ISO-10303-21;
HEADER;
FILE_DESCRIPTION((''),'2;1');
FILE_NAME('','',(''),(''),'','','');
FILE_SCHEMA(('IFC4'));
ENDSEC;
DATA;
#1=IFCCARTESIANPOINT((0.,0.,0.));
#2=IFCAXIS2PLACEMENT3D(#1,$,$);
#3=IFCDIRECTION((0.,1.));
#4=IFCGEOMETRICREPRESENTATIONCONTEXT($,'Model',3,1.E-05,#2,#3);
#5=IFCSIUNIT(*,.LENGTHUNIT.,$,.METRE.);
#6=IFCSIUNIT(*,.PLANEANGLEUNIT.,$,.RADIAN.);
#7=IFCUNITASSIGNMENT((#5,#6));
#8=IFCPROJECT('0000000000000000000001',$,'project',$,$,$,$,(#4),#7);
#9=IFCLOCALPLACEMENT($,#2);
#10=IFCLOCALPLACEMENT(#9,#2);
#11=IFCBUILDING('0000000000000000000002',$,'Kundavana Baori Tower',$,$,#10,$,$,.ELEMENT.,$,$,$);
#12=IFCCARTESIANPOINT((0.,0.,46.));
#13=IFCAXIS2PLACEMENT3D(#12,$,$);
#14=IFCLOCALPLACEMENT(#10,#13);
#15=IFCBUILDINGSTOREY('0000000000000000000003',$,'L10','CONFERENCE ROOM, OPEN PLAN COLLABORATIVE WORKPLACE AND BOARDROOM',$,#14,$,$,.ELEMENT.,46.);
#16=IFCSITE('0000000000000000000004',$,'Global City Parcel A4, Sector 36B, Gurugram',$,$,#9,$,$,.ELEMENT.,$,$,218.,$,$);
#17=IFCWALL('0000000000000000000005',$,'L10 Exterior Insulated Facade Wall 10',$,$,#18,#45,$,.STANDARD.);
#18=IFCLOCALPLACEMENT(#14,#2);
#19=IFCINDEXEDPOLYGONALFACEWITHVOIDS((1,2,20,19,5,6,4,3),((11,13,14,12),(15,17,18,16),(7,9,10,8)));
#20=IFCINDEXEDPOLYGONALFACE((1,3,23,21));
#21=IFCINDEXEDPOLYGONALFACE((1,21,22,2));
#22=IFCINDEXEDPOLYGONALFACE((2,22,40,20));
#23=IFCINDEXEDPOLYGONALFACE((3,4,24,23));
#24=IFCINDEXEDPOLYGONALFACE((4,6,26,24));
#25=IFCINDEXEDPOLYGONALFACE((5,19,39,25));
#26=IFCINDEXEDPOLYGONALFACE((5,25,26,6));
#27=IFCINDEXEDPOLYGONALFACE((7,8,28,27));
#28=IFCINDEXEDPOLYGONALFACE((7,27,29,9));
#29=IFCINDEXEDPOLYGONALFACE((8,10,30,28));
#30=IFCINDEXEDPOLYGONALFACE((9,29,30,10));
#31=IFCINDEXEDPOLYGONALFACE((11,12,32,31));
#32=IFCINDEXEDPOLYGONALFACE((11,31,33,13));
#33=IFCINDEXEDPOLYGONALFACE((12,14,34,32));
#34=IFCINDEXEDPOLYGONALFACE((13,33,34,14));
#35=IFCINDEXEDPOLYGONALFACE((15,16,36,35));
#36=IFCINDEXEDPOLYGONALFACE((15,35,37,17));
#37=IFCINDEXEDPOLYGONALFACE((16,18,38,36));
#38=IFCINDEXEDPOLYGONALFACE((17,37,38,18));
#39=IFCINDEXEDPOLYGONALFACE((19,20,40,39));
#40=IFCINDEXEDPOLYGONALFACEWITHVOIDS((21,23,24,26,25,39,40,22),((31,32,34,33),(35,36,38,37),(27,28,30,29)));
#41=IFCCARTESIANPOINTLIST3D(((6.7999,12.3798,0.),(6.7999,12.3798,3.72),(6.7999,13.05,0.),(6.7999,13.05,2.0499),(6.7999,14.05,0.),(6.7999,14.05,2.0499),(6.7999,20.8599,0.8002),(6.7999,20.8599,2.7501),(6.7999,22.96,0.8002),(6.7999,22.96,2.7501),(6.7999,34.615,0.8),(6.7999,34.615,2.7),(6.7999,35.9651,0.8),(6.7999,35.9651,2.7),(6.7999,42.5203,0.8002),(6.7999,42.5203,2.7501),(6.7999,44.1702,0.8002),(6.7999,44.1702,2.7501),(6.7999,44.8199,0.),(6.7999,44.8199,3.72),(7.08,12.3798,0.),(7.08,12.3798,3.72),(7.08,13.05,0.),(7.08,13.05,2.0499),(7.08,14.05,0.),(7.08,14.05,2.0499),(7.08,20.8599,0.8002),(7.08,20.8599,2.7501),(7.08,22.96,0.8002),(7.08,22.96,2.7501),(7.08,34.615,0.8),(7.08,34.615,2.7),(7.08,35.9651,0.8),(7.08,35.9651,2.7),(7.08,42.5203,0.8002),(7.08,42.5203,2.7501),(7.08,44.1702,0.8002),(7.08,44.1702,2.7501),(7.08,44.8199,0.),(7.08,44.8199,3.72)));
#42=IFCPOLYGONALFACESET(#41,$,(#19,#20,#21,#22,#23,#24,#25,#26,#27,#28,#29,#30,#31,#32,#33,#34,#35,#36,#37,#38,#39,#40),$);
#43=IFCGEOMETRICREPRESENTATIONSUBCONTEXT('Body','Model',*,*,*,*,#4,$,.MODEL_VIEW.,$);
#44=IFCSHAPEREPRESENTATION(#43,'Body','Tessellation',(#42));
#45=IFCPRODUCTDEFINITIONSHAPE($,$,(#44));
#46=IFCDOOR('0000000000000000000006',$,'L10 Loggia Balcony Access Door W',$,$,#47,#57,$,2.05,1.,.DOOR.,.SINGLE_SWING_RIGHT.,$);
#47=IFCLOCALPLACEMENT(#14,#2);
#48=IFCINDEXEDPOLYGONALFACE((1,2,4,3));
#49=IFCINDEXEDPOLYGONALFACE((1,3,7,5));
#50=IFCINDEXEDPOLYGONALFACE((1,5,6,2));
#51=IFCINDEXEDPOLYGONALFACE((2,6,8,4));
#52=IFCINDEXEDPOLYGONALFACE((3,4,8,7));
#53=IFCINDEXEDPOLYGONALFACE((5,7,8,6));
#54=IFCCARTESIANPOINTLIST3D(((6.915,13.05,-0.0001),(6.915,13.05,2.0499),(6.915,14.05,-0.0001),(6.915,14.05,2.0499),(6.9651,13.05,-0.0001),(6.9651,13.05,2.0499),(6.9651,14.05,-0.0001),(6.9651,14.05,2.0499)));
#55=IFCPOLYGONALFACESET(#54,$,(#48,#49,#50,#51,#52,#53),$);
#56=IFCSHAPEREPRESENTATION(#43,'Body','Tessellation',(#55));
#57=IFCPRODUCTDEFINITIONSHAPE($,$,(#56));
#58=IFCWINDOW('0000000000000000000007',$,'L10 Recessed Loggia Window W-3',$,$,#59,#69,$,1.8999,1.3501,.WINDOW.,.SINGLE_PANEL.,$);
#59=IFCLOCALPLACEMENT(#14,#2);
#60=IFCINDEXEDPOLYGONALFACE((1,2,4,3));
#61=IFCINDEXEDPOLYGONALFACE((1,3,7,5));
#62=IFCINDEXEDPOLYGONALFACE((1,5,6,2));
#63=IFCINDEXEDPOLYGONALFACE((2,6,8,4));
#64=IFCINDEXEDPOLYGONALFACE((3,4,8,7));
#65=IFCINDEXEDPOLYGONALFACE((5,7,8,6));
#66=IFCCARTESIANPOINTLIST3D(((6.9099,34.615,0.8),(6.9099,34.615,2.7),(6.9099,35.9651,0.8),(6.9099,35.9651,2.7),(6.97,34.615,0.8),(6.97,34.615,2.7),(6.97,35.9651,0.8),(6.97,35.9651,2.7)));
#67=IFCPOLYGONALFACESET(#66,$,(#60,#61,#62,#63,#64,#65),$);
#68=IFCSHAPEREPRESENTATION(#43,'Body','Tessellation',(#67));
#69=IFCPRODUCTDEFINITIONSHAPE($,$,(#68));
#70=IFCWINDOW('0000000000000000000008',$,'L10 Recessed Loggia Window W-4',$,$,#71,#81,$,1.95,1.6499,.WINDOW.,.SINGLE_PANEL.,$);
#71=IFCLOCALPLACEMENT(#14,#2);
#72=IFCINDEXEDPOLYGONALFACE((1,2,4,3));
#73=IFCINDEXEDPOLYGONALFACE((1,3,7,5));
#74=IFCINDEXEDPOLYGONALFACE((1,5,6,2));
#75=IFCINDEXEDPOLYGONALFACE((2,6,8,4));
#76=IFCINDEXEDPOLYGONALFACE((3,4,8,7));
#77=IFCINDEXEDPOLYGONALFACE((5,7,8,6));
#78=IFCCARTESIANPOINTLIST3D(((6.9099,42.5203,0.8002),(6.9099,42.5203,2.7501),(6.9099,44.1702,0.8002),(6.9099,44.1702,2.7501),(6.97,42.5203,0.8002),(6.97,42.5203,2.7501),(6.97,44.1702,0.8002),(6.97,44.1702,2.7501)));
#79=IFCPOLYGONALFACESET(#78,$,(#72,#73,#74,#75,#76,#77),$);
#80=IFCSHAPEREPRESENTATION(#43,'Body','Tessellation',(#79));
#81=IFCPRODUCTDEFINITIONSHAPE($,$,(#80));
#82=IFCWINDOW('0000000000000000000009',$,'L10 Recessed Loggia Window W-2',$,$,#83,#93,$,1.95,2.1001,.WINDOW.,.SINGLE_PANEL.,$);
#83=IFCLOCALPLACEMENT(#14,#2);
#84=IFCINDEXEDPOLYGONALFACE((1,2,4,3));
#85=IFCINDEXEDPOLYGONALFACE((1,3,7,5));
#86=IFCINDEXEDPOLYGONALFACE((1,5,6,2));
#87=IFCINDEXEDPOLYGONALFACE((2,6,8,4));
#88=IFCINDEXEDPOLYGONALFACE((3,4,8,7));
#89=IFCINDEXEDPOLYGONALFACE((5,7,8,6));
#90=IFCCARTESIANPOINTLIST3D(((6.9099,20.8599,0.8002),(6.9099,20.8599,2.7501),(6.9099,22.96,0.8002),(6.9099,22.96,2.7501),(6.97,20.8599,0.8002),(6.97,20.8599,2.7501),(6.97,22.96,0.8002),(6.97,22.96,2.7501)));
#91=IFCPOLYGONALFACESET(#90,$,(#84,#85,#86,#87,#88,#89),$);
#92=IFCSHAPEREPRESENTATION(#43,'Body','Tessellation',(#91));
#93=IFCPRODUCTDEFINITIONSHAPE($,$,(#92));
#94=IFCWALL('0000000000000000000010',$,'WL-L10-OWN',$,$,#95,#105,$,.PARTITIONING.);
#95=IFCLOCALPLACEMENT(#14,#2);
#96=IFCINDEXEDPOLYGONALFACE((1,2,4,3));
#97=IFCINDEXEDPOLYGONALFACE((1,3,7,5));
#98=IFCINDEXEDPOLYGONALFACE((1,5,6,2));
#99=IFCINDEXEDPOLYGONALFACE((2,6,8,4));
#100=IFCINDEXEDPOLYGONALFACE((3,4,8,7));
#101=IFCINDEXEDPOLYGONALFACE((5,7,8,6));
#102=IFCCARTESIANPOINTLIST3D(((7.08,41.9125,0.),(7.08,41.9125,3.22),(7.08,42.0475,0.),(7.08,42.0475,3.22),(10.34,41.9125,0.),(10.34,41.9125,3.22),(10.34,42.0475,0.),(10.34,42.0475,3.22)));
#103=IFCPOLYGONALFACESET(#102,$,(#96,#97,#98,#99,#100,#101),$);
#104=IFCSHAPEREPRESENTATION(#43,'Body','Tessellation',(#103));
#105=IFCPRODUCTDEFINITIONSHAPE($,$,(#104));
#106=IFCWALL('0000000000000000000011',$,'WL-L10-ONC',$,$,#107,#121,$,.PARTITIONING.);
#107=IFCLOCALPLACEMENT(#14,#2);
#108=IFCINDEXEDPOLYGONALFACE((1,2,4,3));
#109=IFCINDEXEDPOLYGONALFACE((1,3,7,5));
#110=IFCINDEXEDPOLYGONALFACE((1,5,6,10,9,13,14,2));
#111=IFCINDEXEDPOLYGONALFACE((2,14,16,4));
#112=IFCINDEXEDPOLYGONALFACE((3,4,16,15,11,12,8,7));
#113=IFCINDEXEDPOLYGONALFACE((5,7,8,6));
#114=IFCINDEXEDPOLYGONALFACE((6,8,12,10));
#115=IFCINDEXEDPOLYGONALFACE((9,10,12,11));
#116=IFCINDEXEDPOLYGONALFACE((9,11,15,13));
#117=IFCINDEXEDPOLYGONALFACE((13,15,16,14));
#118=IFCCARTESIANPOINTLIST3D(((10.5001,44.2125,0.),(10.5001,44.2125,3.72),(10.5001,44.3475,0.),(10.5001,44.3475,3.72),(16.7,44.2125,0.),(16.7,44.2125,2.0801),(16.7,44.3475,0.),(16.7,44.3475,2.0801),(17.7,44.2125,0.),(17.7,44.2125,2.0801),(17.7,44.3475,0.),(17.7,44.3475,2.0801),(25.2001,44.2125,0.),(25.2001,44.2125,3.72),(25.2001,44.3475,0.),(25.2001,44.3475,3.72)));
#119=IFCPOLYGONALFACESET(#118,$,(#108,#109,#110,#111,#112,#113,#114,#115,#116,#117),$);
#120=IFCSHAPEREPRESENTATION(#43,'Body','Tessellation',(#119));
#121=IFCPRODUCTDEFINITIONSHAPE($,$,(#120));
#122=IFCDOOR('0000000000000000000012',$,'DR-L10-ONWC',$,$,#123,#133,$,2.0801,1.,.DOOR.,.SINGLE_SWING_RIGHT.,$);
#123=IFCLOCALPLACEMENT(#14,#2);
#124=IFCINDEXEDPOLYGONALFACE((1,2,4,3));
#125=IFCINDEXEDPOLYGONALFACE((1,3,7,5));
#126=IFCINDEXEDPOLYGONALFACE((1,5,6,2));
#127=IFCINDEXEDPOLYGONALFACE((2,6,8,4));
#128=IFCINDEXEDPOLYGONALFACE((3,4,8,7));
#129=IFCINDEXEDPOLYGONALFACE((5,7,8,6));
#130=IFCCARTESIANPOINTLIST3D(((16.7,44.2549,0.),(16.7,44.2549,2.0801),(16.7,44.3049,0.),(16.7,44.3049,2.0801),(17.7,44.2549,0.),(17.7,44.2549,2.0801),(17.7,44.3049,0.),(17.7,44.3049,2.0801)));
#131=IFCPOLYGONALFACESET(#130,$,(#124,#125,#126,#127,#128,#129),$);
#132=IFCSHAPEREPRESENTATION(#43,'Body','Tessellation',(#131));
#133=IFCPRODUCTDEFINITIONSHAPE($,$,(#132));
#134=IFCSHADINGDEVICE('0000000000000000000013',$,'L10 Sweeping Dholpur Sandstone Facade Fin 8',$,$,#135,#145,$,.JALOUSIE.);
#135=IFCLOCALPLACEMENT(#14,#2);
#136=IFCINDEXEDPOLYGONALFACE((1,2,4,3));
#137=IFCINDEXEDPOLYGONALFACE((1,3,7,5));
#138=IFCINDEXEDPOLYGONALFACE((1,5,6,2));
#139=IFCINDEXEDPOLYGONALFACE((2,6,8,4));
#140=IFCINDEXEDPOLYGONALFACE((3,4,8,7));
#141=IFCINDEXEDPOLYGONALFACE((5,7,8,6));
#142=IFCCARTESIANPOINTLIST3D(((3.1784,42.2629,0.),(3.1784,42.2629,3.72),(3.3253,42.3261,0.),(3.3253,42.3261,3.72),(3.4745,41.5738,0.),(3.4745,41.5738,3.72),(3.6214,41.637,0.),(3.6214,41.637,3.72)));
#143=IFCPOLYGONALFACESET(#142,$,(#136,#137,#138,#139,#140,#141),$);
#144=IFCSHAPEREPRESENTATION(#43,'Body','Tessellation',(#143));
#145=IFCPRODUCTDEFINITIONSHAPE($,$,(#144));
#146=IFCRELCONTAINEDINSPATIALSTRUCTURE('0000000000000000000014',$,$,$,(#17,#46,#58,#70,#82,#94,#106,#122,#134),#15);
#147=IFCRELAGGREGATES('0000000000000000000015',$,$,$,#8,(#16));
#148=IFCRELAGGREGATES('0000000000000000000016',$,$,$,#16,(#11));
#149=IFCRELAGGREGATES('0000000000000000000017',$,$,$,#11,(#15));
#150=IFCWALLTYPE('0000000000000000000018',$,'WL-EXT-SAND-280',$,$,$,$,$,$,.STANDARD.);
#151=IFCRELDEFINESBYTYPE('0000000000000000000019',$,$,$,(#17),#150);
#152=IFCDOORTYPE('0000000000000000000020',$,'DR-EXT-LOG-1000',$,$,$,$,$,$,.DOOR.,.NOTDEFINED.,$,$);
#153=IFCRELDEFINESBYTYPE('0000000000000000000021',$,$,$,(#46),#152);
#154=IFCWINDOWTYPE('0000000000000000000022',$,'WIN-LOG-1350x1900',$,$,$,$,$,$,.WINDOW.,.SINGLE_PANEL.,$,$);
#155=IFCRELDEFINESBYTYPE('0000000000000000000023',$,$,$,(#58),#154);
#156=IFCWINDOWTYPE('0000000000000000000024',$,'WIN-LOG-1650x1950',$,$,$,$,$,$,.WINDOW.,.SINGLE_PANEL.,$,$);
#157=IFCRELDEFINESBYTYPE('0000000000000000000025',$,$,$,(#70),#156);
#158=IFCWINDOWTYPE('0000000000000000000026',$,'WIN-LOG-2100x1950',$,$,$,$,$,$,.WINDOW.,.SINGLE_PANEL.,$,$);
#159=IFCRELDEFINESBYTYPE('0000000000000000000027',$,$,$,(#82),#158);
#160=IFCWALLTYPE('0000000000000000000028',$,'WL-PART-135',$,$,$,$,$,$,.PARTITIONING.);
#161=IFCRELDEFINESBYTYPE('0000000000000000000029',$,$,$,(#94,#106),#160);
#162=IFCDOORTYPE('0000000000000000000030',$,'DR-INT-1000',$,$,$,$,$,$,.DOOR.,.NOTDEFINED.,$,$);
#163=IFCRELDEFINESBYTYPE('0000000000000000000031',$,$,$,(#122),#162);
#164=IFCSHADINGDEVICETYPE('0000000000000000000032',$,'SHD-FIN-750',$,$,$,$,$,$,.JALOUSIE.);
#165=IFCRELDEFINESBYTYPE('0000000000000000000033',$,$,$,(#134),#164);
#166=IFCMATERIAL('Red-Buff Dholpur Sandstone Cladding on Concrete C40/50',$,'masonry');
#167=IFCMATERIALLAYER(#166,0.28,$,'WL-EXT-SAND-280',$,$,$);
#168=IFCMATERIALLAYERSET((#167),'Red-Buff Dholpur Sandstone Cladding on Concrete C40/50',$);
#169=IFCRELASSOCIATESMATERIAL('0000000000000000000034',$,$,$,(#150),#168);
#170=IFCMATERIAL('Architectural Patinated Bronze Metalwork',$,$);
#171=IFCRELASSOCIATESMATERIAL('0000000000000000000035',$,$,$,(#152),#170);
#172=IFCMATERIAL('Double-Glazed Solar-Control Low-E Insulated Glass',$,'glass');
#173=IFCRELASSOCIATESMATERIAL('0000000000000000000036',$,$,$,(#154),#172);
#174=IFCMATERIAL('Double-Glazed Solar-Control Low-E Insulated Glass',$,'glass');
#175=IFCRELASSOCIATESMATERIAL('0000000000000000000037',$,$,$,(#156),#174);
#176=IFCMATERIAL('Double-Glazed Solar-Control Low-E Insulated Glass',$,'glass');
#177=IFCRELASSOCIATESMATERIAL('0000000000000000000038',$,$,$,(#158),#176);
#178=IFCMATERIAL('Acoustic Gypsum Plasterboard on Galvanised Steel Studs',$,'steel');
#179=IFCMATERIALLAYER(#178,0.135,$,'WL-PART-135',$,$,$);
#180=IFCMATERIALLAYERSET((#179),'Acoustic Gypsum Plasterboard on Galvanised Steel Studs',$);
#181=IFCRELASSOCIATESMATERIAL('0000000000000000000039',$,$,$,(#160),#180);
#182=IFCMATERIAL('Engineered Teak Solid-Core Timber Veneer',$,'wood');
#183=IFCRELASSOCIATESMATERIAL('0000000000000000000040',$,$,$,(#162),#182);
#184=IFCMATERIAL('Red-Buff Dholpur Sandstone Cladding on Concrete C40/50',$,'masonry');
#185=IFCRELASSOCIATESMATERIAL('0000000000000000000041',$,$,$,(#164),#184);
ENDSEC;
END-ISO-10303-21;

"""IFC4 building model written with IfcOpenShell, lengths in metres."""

from ifc_helpers import new_model, si_unit, direction, frame, frame_2d, origin, origin_2d, place, context, subcontext, project, spatial, rectangle, extrude, material, layer, layer_set, type_object, element, fill, save


model = new_model("IFC4")

# Units and contexts
model_context = context("Model", 3, precision=1e-05, world=origin(), true_north=direction((0.0, 1.0)))
body_context = subcontext(model_context, "Body", "Model", "MODEL_VIEW")
ifc_project = project(units=[si_unit("LENGTHUNIT", "METRE"), si_unit("PLANEANGLEUNIT", "RADIAN")], contexts=[model_context])

# Site, building, storey
site_placement = place(None, origin())
site = spatial("IfcSite", under=ifc_project, at=site_placement, Name="Global City Parcel A4, Sector 36B, Gurugram", CompositionType="ELEMENT", RefElevation=218.0)
building_placement = place(site_placement, origin())
building = spatial("IfcBuilding", under=site, at=building_placement, Name="Kundavana Baori Tower", CompositionType="ELEMENT")
storey_placement = place(building_placement, frame((0.0, 0.0, 46.0)))
storey = spatial("IfcBuildingStorey", under=building, at=storey_placement, Name="L10", Description="CONFERENCE ROOM, OPEN PLAN COLLABORATIVE WORKPLACE AND BOARDROOM", CompositionType="ELEMENT", Elevation=46.0)

# Shared definitions
ifc_material_1 = material(Name="Red-Buff Dholpur Sandstone Cladding on Concrete C40/50", Category="masonry")
ifc_layer_1 = layer(ifc_material_1, 0.28, Name="WL-EXT-SAND-280")
ifc_layer_set_1 = layer_set([ifc_layer_1], Name="Red-Buff Dholpur Sandstone Cladding on Concrete C40/50")
wall_type_1 = type_object("IfcWallType", Name="WL-EXT-SAND-280", PredefinedType="STANDARD", material=ifc_layer_set_1)

# Wall, openings, door, windows
wall_1_placement = place(storey_placement, frame((6.9399, 44.8201, 0.0), z_axis=(0.0, 0.0, 1.0), x_axis=(0.0, -1.0, 0.0)))
wall_1 = element("IfcWall", 1, at=wall_1_placement, inside=storey, type_object=wall_type_1, Name="L10 Exterior Insulated Facade Wall 10", PredefinedType="STANDARD", context=body_context, shape_type="SweptSolid", body=[
    extrude(rectangle(XDim=32.4402, YDim=0.28, at=frame_2d((16.2202, 0.0))), origin(), (0.0, 0.0, 1.0), 3.72),
])
opening_1_placement = place(wall_1_placement, frame((30.77, 0.0, 0.0)))
opening_1 = element("IfcOpeningElement", 2, at=opening_1_placement, cuts=wall_1, PredefinedType="OPENING", context=body_context, shape_type="SweptSolid", body=[
    extrude(rectangle(XDim=1.0, YDim=2.05, at=frame_2d((0.5, 1.0249))), frame((0.0, 0.1499, 0.0), z_axis=(0.0, -1.0, 0.0), x_axis=(1.0, 0.0, 0.0)), (0.0, 0.0, 1.0), 0.3),
])
opening_2_placement = place(wall_1_placement, frame((21.8601, 0.0, 0.8)))
opening_2 = element("IfcOpeningElement", 3, at=opening_2_placement, cuts=wall_1, PredefinedType="OPENING", context=body_context, shape_type="SweptSolid", body=[
    extrude(rectangle(XDim=2.1001, YDim=1.95, at=frame_2d((1.05, 0.9751))), frame((0.0, 0.1499, 0.0), z_axis=(0.0, -1.0, 0.0), x_axis=(1.0, 0.0, 0.0)), (0.0, 0.0, 1.0), 0.3),
])
opening_3_placement = place(wall_1_placement, frame((8.855, 0.0, 0.8)))
opening_3 = element("IfcOpeningElement", 4, at=opening_3_placement, cuts=wall_1, PredefinedType="OPENING", context=body_context, shape_type="SweptSolid", body=[
    extrude(rectangle(XDim=1.3501, YDim=1.8999, at=frame_2d((0.675, 0.95))), frame((0.0, 0.1499, 0.0), z_axis=(0.0, -1.0, 0.0), x_axis=(1.0, 0.0, 0.0)), (0.0, 0.0, 1.0), 0.3),
])
opening_4_placement = place(wall_1_placement, frame((0.6499, 0.0, 0.8)))
opening_4 = element("IfcOpeningElement", 5, at=opening_4_placement, cuts=wall_1, PredefinedType="OPENING", context=body_context, shape_type="SweptSolid", body=[
    extrude(rectangle(XDim=1.6499, YDim=1.95, at=frame_2d((0.825, 0.9751))), frame((0.0, 0.1499, 0.0), z_axis=(0.0, -1.0, 0.0), x_axis=(1.0, 0.0, 0.0)), (0.0, 0.0, 1.0), 0.3),
])
ifc_material_2 = material(Name="Architectural Patinated Bronze Metalwork")
door_type_1 = type_object("IfcDoorType", Name="DR-EXT-LOG-1000", OperationType="NOTDEFINED", PredefinedType="DOOR", material=ifc_material_2)
door_1_placement = place(opening_1_placement, frame((1.0, 0.0, 0.0), z_axis=(0.0, 0.0, 1.0), x_axis=(-1.0, 0.0, 0.0)))
door_1 = element("IfcDoor", 6, at=door_1_placement, inside=storey, type_object=door_type_1, Name="L10 Loggia Balcony Access Door W", OperationType="SINGLE_SWING_RIGHT", OverallHeight=2.05, OverallWidth=1.0, PredefinedType="DOOR", context=body_context, shape_type="SweptSolid", body=[
    extrude(rectangle(XDim=1.0, YDim=2.05, at=frame_2d((0.5, 1.0249))), frame((0.0, 0.0249, 0.0), z_axis=(0.0, -1.0, 0.0), x_axis=(1.0, 0.0, 0.0)), (0.0, 0.0, 1.0), 0.05),
])
fill(opening_1, door_1)
ifc_material_3 = material(Name="Double-Glazed Solar-Control Low-E Insulated Glass", Category="glass")
window_type_1 = type_object("IfcWindowType", Name="WIN-LOG-1350x1900", PartitioningType="SINGLE_PANEL", PredefinedType="WINDOW", material=ifc_material_3)
window_1_placement = place(opening_3_placement, origin())
window_1 = element("IfcWindow", 7, at=window_1_placement, inside=storey, type_object=window_type_1, Name="L10 Recessed Loggia Window W-3", OverallHeight=1.8999, OverallWidth=1.3501, PartitioningType="SINGLE_PANEL", PredefinedType="WINDOW", context=body_context, shape_type="SweptSolid", body=[
    extrude(rectangle(XDim=1.3501, YDim=1.8999, at=frame_2d((0.675, 0.95))), frame((0.0, 0.03, 0.0), z_axis=(0.0, -1.0, 0.0), x_axis=(1.0, 0.0, 0.0)), (0.0, 0.0, 1.0), 0.0601),
])
fill(opening_3, window_1)
ifc_material_4 = material(Name="Double-Glazed Solar-Control Low-E Insulated Glass", Category="glass")
window_type_2 = type_object("IfcWindowType", Name="WIN-LOG-1650x1950", PartitioningType="SINGLE_PANEL", PredefinedType="WINDOW", material=ifc_material_4)
window_2_placement = place(opening_4_placement, origin())
window_2 = element("IfcWindow", 8, at=window_2_placement, inside=storey, type_object=window_type_2, Name="L10 Recessed Loggia Window W-4", OverallHeight=1.95, OverallWidth=1.6499, PartitioningType="SINGLE_PANEL", PredefinedType="WINDOW", context=body_context, shape_type="SweptSolid", body=[
    extrude(rectangle(XDim=1.6499, YDim=1.95, at=frame_2d((0.825, 0.9751))), frame((0.0, 0.03, 0.0), z_axis=(0.0, -1.0, 0.0), x_axis=(1.0, 0.0, 0.0)), (0.0, 0.0, 1.0), 0.0601),
])
fill(opening_4, window_2)
ifc_material_5 = material(Name="Double-Glazed Solar-Control Low-E Insulated Glass", Category="glass")
window_type_3 = type_object("IfcWindowType", Name="WIN-LOG-2100x1950", PartitioningType="SINGLE_PANEL", PredefinedType="WINDOW", material=ifc_material_5)
window_3_placement = place(opening_2_placement, origin())
window_3 = element("IfcWindow", 9, at=window_3_placement, inside=storey, type_object=window_type_3, Name="L10 Recessed Loggia Window W-2", OverallHeight=1.95, OverallWidth=2.1001, PartitioningType="SINGLE_PANEL", PredefinedType="WINDOW", context=body_context, shape_type="SweptSolid", body=[
    extrude(rectangle(XDim=2.1001, YDim=1.95, at=frame_2d((1.05, 0.9751))), frame((0.0, 0.03, 0.0), z_axis=(0.0, -1.0, 0.0), x_axis=(1.0, 0.0, 0.0)), (0.0, 0.0, 1.0), 0.0601),
])
fill(opening_2, window_3)

# Wall
ifc_material_6 = material(Name="Acoustic Gypsum Plasterboard on Galvanised Steel Studs", Category="steel")
ifc_layer_2 = layer(ifc_material_6, 0.135, Name="WL-PART-135")
ifc_layer_set_2 = layer_set([ifc_layer_2], Name="Acoustic Gypsum Plasterboard on Galvanised Steel Studs")
wall_type_2 = type_object("IfcWallType", Name="WL-PART-135", PredefinedType="PARTITIONING", material=ifc_layer_set_2)
wall_2_placement = place(storey_placement, frame((7.0801, 41.98, 0.0), z_axis=(0.0, 0.0, 1.0), x_axis=(1.0, 0.0, 0.0)))
element("IfcWall", 10, at=wall_2_placement, inside=storey, type_object=wall_type_2, Name="WL-L10-OWN", PredefinedType="PARTITIONING", context=body_context, shape_type="SweptSolid", body=[
    extrude(rectangle(XDim=3.26, YDim=0.135, at=frame_2d((1.6299, 0.0))), origin(), (0.0, 0.0, 1.0), 3.22),
])

# Wall, opening, door
wall_3_placement = place(storey_placement, frame((10.5, 44.28, 0.0), z_axis=(0.0, 0.0, 1.0), x_axis=(1.0, 0.0, 0.0)))
wall_3 = element("IfcWall", 11, at=wall_3_placement, inside=storey, type_object=wall_type_2, Name="WL-L10-ONC", PredefinedType="PARTITIONING", context=body_context, shape_type="SweptSolid", body=[
    extrude(rectangle(XDim=14.7, YDim=0.135, at=frame_2d((7.3501, 0.0))), origin(), (0.0, 0.0, 1.0), 3.72),
])
opening_5_placement = place(wall_3_placement, frame((6.2, 0.0, 0.0)))
opening_5 = element("IfcOpeningElement", 12, at=opening_5_placement, cuts=wall_3, PredefinedType="OPENING", context=body_context, shape_type="SweptSolid", body=[
    extrude(rectangle(XDim=1.0, YDim=2.0801, at=frame_2d((0.5, 1.04))), frame((0.0, 0.0776, 0.0), z_axis=(0.0, -1.0, 0.0), x_axis=(1.0, 0.0, 0.0)), (0.0, 0.0, 1.0), 0.155),
])
ifc_material_7 = material(Name="Engineered Teak Solid-Core Timber Veneer", Category="wood")
door_type_2 = type_object("IfcDoorType", Name="DR-INT-1000", OperationType="NOTDEFINED", PredefinedType="DOOR", material=ifc_material_7)
door_2_placement = place(opening_5_placement, origin())
door_2 = element("IfcDoor", 13, at=door_2_placement, inside=storey, type_object=door_type_2, Name="DR-L10-ONWC", OperationType="SINGLE_SWING_RIGHT", OverallHeight=2.0801, OverallWidth=1.0, PredefinedType="DOOR", context=body_context, shape_type="SweptSolid", body=[
    extrude(rectangle(XDim=1.0, YDim=2.0801, at=frame_2d((0.5, 1.04))), frame((0.0, 0.0249, 0.0), z_axis=(0.0, -1.0, 0.0), x_axis=(1.0, 0.0, 0.0)), (0.0, 0.0, 1.0), 0.05),
])
fill(opening_5, door_2)

# Shading device
ifc_material_8 = material(Name="Red-Buff Dholpur Sandstone Cladding on Concrete C40/50", Category="masonry")
shading_device_type = type_object("IfcShadingDeviceType", Name="SHD-FIN-750", PredefinedType="JALOUSIE", material=ifc_material_8)
shading_device_placement = place(storey_placement, frame((3.3999, 41.95, 0.0), z_axis=(0.0, 0.0, 1.0), x_axis=(0.918791, 0.394744, 0.0)))
element("IfcShadingDevice", 14, at=shading_device_placement, inside=storey, type_object=shading_device_type, Name="L10 Sweeping Dholpur Sandstone Facade Fin 8", PredefinedType="JALOUSIE", context=body_context, shape_type="SweptSolid", body=[
    extrude(rectangle(XDim=0.1599, YDim=0.75, at=origin_2d()), origin(), (0.0, 0.0, 1.0), 3.72),
])

save(model, "model.ifc")
